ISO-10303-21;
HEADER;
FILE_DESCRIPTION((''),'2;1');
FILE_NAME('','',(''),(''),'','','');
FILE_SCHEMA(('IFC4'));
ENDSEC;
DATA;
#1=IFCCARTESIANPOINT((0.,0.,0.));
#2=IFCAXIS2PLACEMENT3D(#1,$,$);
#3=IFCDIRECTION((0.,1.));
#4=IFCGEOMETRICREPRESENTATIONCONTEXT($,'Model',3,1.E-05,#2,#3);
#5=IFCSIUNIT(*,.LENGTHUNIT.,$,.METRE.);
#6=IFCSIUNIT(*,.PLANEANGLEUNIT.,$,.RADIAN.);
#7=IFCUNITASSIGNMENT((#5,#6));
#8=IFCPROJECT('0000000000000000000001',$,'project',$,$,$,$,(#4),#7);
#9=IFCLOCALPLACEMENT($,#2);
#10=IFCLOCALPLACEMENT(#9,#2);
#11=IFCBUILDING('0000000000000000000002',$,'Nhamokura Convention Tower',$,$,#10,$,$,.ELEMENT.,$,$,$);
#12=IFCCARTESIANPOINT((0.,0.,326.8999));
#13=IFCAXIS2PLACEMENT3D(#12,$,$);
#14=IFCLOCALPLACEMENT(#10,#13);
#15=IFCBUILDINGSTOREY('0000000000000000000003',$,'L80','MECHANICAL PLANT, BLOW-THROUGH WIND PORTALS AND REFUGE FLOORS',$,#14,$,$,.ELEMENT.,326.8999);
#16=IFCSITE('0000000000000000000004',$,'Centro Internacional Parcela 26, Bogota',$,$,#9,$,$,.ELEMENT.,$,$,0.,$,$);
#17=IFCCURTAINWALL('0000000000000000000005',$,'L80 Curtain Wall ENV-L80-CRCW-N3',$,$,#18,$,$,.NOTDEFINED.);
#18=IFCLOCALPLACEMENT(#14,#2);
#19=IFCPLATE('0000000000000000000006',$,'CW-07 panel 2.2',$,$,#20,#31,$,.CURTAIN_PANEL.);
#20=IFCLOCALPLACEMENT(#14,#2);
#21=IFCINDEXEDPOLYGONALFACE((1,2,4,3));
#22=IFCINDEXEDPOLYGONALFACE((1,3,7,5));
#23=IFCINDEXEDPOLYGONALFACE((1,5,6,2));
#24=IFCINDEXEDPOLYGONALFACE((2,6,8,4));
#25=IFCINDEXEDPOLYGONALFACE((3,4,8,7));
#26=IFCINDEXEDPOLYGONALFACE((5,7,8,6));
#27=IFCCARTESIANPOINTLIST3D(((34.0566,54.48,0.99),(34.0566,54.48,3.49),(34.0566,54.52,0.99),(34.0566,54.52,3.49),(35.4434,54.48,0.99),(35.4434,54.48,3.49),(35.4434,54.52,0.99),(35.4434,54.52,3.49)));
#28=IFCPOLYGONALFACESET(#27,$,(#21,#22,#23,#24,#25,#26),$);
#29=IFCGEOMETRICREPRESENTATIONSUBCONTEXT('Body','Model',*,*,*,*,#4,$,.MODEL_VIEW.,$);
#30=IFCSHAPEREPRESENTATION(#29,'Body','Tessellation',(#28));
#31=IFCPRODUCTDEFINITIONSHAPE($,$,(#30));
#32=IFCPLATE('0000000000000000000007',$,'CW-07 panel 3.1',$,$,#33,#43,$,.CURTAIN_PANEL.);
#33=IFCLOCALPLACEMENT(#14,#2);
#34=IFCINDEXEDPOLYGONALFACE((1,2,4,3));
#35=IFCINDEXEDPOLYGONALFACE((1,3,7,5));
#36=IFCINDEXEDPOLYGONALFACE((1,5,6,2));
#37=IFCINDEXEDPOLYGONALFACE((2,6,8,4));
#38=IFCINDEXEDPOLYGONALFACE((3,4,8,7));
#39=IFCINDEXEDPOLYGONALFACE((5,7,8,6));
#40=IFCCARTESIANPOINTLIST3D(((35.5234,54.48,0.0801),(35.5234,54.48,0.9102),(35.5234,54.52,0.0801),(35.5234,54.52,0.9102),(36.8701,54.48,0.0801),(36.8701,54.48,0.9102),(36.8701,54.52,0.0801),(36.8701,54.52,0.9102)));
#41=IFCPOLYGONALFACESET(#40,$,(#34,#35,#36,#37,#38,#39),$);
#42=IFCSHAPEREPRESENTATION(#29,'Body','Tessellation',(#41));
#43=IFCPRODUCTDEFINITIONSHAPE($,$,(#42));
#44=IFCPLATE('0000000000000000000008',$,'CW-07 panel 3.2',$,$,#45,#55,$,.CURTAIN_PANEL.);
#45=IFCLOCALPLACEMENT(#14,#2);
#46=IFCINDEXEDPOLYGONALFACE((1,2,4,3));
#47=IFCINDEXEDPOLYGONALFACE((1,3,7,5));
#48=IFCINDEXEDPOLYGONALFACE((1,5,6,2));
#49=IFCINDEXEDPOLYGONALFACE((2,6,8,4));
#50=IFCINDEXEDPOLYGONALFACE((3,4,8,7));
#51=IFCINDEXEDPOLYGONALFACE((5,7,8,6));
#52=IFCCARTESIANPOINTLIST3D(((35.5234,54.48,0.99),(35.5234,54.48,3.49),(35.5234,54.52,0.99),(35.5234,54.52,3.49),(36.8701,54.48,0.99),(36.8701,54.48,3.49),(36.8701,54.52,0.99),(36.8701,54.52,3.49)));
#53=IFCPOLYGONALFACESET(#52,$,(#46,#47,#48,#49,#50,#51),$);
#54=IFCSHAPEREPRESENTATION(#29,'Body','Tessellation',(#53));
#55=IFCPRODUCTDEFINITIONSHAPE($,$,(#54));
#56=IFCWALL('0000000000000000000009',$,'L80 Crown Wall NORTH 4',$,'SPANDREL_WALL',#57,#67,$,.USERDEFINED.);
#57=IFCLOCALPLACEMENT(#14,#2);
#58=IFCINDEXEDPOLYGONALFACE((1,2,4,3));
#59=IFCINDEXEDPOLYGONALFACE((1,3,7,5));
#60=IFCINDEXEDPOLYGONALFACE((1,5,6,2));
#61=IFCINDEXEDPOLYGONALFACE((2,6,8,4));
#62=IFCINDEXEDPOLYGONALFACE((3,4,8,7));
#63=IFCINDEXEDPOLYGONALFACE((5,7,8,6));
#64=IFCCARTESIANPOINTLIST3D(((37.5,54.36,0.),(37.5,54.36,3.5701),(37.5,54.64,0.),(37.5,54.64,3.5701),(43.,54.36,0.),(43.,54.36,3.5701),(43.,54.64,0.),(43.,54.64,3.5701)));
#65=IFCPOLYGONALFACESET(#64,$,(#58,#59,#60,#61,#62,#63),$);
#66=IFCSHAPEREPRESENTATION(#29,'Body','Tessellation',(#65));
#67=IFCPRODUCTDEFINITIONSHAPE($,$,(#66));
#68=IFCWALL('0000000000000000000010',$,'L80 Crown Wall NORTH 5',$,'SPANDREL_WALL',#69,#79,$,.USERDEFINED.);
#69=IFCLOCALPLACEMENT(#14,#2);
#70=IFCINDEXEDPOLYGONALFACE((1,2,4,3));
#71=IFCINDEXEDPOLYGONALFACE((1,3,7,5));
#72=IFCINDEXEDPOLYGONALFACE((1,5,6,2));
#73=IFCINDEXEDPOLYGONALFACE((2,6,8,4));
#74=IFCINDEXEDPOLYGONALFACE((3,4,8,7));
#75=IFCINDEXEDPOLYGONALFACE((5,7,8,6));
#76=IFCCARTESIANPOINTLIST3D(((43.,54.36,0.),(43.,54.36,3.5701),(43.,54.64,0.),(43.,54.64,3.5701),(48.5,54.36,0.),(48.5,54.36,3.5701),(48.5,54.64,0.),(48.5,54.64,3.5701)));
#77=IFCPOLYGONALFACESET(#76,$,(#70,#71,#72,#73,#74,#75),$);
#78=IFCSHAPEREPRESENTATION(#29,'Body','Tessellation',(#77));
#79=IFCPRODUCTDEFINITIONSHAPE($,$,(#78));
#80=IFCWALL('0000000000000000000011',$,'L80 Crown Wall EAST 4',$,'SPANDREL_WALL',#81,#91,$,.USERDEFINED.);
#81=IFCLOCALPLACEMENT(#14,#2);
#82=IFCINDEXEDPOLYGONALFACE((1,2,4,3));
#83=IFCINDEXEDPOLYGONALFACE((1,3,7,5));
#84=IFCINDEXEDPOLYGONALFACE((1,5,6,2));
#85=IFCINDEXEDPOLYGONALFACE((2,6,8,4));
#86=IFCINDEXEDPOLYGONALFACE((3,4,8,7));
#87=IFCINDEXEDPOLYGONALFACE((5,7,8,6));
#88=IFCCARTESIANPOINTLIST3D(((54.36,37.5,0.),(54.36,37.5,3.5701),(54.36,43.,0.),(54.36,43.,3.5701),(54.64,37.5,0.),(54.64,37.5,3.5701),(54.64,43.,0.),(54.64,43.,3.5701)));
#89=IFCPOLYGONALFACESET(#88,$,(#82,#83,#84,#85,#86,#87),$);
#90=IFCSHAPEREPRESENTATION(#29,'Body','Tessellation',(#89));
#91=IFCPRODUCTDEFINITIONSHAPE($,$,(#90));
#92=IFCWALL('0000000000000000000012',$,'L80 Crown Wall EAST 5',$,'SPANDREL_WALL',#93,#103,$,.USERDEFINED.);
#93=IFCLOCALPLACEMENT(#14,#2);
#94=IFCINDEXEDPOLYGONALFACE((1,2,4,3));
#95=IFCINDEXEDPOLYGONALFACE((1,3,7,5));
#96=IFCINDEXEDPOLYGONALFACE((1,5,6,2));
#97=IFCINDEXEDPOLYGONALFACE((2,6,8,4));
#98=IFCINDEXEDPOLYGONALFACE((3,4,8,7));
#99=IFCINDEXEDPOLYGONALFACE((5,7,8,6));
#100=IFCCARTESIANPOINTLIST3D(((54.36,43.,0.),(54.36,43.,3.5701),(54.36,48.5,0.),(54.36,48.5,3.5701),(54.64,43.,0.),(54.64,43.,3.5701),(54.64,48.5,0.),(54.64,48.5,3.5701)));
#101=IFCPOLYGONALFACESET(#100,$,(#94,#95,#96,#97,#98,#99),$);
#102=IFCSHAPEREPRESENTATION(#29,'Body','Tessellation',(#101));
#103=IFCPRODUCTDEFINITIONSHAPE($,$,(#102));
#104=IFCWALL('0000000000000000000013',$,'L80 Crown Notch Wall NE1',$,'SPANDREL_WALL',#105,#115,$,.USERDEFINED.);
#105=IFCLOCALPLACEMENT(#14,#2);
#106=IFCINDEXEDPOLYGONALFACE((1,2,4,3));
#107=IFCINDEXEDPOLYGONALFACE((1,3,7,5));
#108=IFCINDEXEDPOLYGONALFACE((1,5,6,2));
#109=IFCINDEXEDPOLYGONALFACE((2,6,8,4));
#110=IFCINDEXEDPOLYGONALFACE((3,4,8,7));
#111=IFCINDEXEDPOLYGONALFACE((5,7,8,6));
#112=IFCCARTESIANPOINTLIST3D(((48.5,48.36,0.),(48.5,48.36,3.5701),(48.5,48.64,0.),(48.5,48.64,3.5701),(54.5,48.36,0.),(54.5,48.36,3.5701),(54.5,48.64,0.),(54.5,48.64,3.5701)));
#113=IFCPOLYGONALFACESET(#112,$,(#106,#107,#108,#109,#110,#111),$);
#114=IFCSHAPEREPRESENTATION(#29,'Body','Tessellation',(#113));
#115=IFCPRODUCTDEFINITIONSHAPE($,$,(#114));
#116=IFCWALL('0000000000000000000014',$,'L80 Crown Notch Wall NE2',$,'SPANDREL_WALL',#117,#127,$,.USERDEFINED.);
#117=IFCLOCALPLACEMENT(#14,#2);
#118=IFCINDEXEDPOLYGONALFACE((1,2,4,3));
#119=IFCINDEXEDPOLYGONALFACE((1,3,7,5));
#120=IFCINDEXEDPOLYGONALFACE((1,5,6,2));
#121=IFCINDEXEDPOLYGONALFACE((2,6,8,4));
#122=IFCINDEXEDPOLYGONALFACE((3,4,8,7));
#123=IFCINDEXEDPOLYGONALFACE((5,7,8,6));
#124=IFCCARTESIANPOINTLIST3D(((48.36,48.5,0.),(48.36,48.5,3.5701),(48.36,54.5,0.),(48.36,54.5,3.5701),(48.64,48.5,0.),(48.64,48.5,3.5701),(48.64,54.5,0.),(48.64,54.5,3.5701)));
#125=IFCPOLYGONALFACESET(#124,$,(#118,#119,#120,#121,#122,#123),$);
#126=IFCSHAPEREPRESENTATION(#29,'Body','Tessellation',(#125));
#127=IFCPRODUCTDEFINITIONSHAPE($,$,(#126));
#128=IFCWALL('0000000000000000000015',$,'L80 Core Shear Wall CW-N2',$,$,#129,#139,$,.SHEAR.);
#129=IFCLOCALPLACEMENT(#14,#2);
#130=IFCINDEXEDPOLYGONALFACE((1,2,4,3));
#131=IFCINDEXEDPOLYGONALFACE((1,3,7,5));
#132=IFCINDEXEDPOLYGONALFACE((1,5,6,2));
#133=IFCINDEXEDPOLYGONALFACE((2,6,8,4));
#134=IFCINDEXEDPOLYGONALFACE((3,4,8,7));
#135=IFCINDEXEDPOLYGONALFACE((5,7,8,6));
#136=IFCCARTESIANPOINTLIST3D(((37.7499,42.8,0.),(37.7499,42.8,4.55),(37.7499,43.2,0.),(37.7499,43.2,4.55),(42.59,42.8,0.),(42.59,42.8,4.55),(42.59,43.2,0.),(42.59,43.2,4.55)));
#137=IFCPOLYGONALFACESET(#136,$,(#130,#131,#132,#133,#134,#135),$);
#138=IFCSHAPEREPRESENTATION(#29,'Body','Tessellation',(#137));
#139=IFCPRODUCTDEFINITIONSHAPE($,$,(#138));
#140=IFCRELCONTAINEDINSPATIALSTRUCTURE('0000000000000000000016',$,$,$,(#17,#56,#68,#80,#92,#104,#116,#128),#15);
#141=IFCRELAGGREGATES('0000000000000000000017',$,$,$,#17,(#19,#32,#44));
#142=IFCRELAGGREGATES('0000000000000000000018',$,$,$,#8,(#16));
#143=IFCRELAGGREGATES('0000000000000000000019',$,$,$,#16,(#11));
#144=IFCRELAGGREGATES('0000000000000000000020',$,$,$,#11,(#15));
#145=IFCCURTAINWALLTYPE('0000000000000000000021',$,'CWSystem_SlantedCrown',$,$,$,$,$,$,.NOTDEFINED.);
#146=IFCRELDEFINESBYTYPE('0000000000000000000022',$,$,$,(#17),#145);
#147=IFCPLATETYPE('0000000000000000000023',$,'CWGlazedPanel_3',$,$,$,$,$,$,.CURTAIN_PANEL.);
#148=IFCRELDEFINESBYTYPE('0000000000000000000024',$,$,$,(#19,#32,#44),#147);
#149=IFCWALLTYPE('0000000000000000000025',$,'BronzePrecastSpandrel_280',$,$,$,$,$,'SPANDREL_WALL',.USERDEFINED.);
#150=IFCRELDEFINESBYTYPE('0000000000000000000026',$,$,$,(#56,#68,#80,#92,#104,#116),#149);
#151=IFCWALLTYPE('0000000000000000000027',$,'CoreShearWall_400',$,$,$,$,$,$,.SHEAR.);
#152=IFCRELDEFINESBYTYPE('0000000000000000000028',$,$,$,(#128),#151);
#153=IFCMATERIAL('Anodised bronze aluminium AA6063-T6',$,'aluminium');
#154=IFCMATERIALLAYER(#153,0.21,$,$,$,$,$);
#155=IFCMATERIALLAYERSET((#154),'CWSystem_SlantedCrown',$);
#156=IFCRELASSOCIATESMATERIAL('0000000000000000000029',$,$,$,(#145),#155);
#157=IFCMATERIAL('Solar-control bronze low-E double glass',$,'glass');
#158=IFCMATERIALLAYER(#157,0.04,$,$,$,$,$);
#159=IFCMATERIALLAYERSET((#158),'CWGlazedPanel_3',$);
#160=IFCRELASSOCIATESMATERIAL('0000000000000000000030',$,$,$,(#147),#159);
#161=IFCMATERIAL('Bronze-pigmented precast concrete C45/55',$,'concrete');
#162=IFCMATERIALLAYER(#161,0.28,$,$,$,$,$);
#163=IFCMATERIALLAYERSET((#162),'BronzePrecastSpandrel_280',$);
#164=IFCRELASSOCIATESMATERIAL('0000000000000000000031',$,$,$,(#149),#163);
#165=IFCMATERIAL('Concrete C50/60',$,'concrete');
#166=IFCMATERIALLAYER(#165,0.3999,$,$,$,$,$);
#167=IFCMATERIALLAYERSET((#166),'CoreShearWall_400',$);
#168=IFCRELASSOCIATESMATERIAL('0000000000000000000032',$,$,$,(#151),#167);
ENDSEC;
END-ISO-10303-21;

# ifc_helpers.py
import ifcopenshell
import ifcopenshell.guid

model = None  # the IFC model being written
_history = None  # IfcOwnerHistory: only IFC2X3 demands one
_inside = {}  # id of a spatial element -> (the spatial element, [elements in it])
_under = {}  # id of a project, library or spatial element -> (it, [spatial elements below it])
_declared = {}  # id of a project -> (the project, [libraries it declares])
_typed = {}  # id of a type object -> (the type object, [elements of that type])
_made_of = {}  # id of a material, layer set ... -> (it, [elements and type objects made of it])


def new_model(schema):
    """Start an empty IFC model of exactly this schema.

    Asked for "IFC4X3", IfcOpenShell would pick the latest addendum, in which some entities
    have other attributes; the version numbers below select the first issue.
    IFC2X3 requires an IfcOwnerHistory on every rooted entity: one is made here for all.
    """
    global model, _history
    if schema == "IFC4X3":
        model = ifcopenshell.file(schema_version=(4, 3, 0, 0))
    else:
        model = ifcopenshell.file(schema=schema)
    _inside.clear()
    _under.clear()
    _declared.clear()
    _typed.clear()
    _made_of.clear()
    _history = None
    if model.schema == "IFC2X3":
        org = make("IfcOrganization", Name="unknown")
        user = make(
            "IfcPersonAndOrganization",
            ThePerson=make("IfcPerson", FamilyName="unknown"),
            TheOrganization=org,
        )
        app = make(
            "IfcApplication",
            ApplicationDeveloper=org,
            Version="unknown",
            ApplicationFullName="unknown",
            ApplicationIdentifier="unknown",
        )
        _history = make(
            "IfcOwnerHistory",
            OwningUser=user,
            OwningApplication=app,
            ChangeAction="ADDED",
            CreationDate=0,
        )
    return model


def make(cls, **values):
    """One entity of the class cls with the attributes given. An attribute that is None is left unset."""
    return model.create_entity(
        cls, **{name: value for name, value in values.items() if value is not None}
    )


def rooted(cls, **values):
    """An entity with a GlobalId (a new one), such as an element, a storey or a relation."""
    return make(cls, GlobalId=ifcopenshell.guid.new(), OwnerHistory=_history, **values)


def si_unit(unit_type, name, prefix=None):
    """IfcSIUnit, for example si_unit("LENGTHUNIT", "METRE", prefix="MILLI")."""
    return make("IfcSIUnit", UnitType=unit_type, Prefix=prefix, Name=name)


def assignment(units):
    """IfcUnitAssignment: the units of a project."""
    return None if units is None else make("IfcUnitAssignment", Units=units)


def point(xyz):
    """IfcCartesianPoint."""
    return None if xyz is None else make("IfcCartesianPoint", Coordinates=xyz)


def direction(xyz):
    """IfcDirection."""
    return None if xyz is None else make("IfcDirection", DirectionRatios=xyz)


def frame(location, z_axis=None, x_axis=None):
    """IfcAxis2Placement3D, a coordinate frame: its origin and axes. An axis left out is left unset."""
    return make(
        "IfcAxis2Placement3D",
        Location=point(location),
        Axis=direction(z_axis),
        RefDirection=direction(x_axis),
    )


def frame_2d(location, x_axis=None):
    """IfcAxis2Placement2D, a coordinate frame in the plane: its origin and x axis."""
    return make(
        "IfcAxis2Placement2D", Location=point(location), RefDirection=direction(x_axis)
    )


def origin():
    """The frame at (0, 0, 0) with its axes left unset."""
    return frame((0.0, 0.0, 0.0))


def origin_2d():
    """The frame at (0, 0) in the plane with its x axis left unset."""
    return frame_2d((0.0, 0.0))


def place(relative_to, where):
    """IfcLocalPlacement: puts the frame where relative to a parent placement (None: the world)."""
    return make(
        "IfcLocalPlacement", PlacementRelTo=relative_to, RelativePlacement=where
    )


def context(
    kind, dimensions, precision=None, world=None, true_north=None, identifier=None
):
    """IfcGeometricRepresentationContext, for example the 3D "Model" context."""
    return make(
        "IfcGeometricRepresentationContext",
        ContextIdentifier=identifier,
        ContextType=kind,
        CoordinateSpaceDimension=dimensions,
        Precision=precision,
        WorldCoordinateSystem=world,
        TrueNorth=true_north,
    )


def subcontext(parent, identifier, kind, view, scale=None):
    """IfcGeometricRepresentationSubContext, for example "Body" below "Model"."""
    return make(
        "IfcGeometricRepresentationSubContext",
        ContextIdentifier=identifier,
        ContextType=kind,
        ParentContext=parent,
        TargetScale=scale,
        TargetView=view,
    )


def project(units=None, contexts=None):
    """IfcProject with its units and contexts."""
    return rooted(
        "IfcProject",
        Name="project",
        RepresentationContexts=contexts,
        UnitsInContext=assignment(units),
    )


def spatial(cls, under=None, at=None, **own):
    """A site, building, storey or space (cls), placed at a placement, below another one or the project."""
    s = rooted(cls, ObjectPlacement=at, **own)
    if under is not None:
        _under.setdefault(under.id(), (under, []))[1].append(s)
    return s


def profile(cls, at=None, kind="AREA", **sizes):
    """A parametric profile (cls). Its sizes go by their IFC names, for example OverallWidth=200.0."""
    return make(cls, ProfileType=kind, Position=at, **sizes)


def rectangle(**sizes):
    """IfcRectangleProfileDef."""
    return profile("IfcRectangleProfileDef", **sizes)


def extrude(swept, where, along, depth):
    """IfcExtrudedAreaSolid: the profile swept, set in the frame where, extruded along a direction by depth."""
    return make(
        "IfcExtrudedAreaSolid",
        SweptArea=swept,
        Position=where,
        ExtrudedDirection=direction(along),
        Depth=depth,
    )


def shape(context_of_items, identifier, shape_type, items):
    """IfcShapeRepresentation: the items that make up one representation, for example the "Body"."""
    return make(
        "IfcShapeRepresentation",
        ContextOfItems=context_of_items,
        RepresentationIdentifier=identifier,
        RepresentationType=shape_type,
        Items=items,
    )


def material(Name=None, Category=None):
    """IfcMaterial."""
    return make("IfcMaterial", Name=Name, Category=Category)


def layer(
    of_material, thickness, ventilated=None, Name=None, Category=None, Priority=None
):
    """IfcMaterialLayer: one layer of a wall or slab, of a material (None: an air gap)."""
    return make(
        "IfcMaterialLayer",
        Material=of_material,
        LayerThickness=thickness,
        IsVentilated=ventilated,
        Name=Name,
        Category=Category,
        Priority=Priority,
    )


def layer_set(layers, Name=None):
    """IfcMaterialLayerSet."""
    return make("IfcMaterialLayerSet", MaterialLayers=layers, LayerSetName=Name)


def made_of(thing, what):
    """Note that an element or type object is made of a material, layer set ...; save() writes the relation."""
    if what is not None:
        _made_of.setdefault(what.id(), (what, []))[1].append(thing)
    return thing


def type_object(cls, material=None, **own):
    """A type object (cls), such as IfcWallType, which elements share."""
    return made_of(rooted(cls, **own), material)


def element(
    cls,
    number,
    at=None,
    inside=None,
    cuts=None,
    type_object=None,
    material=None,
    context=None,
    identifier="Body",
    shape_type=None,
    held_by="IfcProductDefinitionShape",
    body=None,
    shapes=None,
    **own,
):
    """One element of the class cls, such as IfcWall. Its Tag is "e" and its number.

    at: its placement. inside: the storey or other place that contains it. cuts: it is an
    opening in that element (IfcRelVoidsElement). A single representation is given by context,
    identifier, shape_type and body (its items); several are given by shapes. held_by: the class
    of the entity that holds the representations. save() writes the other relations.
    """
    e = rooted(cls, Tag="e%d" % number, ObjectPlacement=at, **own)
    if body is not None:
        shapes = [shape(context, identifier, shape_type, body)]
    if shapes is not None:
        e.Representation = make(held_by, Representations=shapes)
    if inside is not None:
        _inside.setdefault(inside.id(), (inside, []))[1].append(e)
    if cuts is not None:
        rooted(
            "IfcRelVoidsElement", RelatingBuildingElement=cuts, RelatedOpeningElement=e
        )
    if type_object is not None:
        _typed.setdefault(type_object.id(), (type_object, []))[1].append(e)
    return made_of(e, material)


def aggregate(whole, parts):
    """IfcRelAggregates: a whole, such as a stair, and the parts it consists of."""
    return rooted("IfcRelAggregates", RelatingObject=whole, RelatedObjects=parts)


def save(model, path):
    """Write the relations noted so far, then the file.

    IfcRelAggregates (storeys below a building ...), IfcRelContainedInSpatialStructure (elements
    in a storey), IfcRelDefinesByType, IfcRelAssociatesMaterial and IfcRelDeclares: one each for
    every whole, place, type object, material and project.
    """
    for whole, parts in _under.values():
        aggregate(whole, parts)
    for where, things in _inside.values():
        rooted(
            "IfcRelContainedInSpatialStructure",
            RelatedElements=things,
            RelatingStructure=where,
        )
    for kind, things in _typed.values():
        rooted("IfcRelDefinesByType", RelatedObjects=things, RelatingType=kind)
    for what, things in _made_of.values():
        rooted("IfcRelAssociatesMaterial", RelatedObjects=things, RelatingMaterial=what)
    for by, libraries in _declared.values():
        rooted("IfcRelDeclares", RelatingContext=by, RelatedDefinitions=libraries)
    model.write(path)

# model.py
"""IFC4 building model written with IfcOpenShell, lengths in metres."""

from ifc_helpers import new_model, si_unit, direction, frame, frame_2d, origin, origin_2d, place, context, subcontext, project, spatial, rectangle, extrude, material, layer, layer_set, type_object, element, aggregate, save


model = new_model("IFC4")

# Units and contexts
model_context = context("Model", 3, precision=1e-05, world=origin(), true_north=direction((0.0, 1.0)))
body_context = subcontext(model_context, "Body", "Model", "MODEL_VIEW")
ifc_project = project(units=[si_unit("LENGTHUNIT", "METRE"), si_unit("PLANEANGLEUNIT", "RADIAN")], contexts=[model_context])

# Site, building, storey
site_placement = place(None, origin())
site = spatial("IfcSite", under=ifc_project, at=site_placement, Name="Centro Internacional Parcela 26, Bogota", CompositionType="ELEMENT", RefElevation=0.0)
building_placement = place(site_placement, origin())
building = spatial("IfcBuilding", under=site, at=building_placement, Name="Nhamokura Convention Tower", CompositionType="ELEMENT")
storey_placement = place(building_placement, frame((0.0, 0.0, 326.8999)))
storey = spatial("IfcBuildingStorey", under=building, at=storey_placement, Name="L80", Description="MECHANICAL PLANT, BLOW-THROUGH WIND PORTALS AND REFUGE FLOORS", CompositionType="ELEMENT", Elevation=326.8999)

# Shared definitions
ifc_material_1 = material(Name="Anodised bronze aluminium AA6063-T6", Category="aluminium")
ifc_layer_1 = layer(ifc_material_1, 0.21)
ifc_layer_set_1 = layer_set([ifc_layer_1], Name="CWSystem_SlantedCrown")
curtain_wall_type = type_object("IfcCurtainWallType", Name="CWSystem_SlantedCrown", PredefinedType="NOTDEFINED", material=ifc_layer_set_1)

# Curtain wall, plates
curtain_wall_1_placement = place(storey_placement, origin())
curtain_wall_1 = element("IfcCurtainWall", 1, at=curtain_wall_1_placement, inside=storey, type_object=curtain_wall_type, Name="L80 Curtain Wall ENV-L80-CRCW-N3", PredefinedType="NOTDEFINED")
ifc_material_2 = material(Name="Solar-control bronze low-E double glass", Category="glass")
ifc_layer_2 = layer(ifc_material_2, 0.04)
ifc_layer_set_2 = layer_set([ifc_layer_2], Name="CWGlazedPanel_3")
plate_type = type_object("IfcPlateType", Name="CWGlazedPanel_3", PredefinedType="CURTAIN_PANEL", material=ifc_layer_set_2)
plate_1_placement = place(storey_placement, frame((34.75, 54.5, 0.99), z_axis=(0.0, 0.0, 1.0), x_axis=(1.0, 0.0, 0.0)))
plate_1 = element("IfcPlate", 2, at=plate_1_placement, type_object=plate_type, Name="CW-07 panel 2.2", PredefinedType="CURTAIN_PANEL", context=body_context, shape_type="SweptSolid", body=[
    extrude(rectangle(XDim=1.3867, YDim=0.04, at=origin_2d()), origin(), (0.0, 0.0, 1.0), 2.5),
])
plate_2_placement = place(storey_placement, frame((36.1968, 54.5, 0.0801), z_axis=(0.0, 0.0, 1.0), x_axis=(1.0, 0.0, 0.0)))
plate_2 = element("IfcPlate", 3, at=plate_2_placement, type_object=plate_type, Name="CW-07 panel 3.1", PredefinedType="CURTAIN_PANEL", context=body_context, shape_type="SweptSolid", body=[
    extrude(rectangle(XDim=1.3467, YDim=0.04, at=origin_2d()), origin(), (0.0, 0.0, 1.0), 0.8301),
])
plate_3_placement = place(storey_placement, frame((36.1968, 54.5, 0.99), z_axis=(0.0, 0.0, 1.0), x_axis=(1.0, 0.0, 0.0)))
plate_3 = element("IfcPlate", 4, at=plate_3_placement, type_object=plate_type, Name="CW-07 panel 3.2", PredefinedType="CURTAIN_PANEL", context=body_context, shape_type="SweptSolid", body=[
    extrude(rectangle(XDim=1.3467, YDim=0.04, at=origin_2d()), origin(), (0.0, 0.0, 1.0), 2.5),
])
aggregate(curtain_wall_1, [plate_1, plate_2, plate_3])

# Walls
ifc_material_3 = material(Name="Bronze-pigmented precast concrete C45/55", Category="concrete")
ifc_layer_3 = layer(ifc_material_3, 0.28)
ifc_layer_set_3 = layer_set([ifc_layer_3], Name="BronzePrecastSpandrel_280")
wall_type_1 = type_object("IfcWallType", Name="BronzePrecastSpandrel_280", ElementType="SPANDREL_WALL", PredefinedType="USERDEFINED", material=ifc_layer_set_3)
for number, where, z_axis, x_axis, name in (
    (5, (37.5, 54.5, 0.0), (0.0, 0.0, 1.0), (1.0, 0.0, 0.0), "L80 Crown Wall NORTH 4"),
    (6, (43.0, 54.5, 0.0), (0.0, 0.0, 1.0), (1.0, 0.0, 0.0), "L80 Crown Wall NORTH 5"),
    (7, (54.5, 43.0, 0.0), (0.0, 0.0, 1.0), (0.0, -1.0, 0.0), "L80 Crown Wall EAST 4"),
    (8, (54.5, 48.5, 0.0), (0.0, 0.0, 1.0), (0.0, -1.0, 0.0), "L80 Crown Wall EAST 5"),
):
    element("IfcWall", number, at=place(storey_placement, frame(where, z_axis=z_axis, x_axis=x_axis)), inside=storey, type_object=wall_type_1, Name=name, ObjectType="SPANDREL_WALL", PredefinedType="USERDEFINED", context=body_context, shape_type="SweptSolid", body=[
        extrude(rectangle(XDim=5.5, YDim=0.28, at=frame_2d((2.75, 0.0))), origin(), (0.0, 0.0, 1.0), 3.5701),
    ])
for number, where, z_axis, x_axis, name in (
    (9, (48.5, 48.5, 0.0), (0.0, 0.0, 1.0), (1.0, 0.0, 0.0), "L80 Crown Notch Wall NE1"),
    (10, (48.5, 54.5, 0.0), (0.0, 0.0, 1.0), (0.0, -1.0, 0.0), "L80 Crown Notch Wall NE2"),
):
    element("IfcWall", number, at=place(storey_placement, frame(where, z_axis=z_axis, x_axis=x_axis)), inside=storey, type_object=wall_type_1, Name=name, ObjectType="SPANDREL_WALL", PredefinedType="USERDEFINED", context=body_context, shape_type="SweptSolid", body=[
        extrude(rectangle(XDim=6.0, YDim=0.28, at=frame_2d((3.0, 0.0))), origin(), (0.0, 0.0, 1.0), 3.5701),
    ])
ifc_material_4 = material(Name="Concrete C50/60", Category="concrete")
ifc_layer_4 = layer(ifc_material_4, 0.3999)
ifc_layer_set_4 = layer_set([ifc_layer_4], Name="CoreShearWall_400")
wall_type_2 = type_object("IfcWallType", Name="CoreShearWall_400", PredefinedType="SHEAR", material=ifc_layer_set_4)
wall_placement = place(storey_placement, frame((37.75, 43.0, 0.0), z_axis=(0.0, 0.0, 1.0), x_axis=(1.0, 0.0, 0.0)))
element("IfcWall", 11, at=wall_placement, inside=storey, type_object=wall_type_2, Name="L80 Core Shear Wall CW-N2", PredefinedType="SHEAR", context=body_context, shape_type="SweptSolid", body=[
    extrude(rectangle(XDim=4.8401, YDim=0.3999, at=frame_2d((2.4199, 0.0))), origin(), (0.0, 0.0, 1.0), 4.55),
])

save(model, "model.ifc")
